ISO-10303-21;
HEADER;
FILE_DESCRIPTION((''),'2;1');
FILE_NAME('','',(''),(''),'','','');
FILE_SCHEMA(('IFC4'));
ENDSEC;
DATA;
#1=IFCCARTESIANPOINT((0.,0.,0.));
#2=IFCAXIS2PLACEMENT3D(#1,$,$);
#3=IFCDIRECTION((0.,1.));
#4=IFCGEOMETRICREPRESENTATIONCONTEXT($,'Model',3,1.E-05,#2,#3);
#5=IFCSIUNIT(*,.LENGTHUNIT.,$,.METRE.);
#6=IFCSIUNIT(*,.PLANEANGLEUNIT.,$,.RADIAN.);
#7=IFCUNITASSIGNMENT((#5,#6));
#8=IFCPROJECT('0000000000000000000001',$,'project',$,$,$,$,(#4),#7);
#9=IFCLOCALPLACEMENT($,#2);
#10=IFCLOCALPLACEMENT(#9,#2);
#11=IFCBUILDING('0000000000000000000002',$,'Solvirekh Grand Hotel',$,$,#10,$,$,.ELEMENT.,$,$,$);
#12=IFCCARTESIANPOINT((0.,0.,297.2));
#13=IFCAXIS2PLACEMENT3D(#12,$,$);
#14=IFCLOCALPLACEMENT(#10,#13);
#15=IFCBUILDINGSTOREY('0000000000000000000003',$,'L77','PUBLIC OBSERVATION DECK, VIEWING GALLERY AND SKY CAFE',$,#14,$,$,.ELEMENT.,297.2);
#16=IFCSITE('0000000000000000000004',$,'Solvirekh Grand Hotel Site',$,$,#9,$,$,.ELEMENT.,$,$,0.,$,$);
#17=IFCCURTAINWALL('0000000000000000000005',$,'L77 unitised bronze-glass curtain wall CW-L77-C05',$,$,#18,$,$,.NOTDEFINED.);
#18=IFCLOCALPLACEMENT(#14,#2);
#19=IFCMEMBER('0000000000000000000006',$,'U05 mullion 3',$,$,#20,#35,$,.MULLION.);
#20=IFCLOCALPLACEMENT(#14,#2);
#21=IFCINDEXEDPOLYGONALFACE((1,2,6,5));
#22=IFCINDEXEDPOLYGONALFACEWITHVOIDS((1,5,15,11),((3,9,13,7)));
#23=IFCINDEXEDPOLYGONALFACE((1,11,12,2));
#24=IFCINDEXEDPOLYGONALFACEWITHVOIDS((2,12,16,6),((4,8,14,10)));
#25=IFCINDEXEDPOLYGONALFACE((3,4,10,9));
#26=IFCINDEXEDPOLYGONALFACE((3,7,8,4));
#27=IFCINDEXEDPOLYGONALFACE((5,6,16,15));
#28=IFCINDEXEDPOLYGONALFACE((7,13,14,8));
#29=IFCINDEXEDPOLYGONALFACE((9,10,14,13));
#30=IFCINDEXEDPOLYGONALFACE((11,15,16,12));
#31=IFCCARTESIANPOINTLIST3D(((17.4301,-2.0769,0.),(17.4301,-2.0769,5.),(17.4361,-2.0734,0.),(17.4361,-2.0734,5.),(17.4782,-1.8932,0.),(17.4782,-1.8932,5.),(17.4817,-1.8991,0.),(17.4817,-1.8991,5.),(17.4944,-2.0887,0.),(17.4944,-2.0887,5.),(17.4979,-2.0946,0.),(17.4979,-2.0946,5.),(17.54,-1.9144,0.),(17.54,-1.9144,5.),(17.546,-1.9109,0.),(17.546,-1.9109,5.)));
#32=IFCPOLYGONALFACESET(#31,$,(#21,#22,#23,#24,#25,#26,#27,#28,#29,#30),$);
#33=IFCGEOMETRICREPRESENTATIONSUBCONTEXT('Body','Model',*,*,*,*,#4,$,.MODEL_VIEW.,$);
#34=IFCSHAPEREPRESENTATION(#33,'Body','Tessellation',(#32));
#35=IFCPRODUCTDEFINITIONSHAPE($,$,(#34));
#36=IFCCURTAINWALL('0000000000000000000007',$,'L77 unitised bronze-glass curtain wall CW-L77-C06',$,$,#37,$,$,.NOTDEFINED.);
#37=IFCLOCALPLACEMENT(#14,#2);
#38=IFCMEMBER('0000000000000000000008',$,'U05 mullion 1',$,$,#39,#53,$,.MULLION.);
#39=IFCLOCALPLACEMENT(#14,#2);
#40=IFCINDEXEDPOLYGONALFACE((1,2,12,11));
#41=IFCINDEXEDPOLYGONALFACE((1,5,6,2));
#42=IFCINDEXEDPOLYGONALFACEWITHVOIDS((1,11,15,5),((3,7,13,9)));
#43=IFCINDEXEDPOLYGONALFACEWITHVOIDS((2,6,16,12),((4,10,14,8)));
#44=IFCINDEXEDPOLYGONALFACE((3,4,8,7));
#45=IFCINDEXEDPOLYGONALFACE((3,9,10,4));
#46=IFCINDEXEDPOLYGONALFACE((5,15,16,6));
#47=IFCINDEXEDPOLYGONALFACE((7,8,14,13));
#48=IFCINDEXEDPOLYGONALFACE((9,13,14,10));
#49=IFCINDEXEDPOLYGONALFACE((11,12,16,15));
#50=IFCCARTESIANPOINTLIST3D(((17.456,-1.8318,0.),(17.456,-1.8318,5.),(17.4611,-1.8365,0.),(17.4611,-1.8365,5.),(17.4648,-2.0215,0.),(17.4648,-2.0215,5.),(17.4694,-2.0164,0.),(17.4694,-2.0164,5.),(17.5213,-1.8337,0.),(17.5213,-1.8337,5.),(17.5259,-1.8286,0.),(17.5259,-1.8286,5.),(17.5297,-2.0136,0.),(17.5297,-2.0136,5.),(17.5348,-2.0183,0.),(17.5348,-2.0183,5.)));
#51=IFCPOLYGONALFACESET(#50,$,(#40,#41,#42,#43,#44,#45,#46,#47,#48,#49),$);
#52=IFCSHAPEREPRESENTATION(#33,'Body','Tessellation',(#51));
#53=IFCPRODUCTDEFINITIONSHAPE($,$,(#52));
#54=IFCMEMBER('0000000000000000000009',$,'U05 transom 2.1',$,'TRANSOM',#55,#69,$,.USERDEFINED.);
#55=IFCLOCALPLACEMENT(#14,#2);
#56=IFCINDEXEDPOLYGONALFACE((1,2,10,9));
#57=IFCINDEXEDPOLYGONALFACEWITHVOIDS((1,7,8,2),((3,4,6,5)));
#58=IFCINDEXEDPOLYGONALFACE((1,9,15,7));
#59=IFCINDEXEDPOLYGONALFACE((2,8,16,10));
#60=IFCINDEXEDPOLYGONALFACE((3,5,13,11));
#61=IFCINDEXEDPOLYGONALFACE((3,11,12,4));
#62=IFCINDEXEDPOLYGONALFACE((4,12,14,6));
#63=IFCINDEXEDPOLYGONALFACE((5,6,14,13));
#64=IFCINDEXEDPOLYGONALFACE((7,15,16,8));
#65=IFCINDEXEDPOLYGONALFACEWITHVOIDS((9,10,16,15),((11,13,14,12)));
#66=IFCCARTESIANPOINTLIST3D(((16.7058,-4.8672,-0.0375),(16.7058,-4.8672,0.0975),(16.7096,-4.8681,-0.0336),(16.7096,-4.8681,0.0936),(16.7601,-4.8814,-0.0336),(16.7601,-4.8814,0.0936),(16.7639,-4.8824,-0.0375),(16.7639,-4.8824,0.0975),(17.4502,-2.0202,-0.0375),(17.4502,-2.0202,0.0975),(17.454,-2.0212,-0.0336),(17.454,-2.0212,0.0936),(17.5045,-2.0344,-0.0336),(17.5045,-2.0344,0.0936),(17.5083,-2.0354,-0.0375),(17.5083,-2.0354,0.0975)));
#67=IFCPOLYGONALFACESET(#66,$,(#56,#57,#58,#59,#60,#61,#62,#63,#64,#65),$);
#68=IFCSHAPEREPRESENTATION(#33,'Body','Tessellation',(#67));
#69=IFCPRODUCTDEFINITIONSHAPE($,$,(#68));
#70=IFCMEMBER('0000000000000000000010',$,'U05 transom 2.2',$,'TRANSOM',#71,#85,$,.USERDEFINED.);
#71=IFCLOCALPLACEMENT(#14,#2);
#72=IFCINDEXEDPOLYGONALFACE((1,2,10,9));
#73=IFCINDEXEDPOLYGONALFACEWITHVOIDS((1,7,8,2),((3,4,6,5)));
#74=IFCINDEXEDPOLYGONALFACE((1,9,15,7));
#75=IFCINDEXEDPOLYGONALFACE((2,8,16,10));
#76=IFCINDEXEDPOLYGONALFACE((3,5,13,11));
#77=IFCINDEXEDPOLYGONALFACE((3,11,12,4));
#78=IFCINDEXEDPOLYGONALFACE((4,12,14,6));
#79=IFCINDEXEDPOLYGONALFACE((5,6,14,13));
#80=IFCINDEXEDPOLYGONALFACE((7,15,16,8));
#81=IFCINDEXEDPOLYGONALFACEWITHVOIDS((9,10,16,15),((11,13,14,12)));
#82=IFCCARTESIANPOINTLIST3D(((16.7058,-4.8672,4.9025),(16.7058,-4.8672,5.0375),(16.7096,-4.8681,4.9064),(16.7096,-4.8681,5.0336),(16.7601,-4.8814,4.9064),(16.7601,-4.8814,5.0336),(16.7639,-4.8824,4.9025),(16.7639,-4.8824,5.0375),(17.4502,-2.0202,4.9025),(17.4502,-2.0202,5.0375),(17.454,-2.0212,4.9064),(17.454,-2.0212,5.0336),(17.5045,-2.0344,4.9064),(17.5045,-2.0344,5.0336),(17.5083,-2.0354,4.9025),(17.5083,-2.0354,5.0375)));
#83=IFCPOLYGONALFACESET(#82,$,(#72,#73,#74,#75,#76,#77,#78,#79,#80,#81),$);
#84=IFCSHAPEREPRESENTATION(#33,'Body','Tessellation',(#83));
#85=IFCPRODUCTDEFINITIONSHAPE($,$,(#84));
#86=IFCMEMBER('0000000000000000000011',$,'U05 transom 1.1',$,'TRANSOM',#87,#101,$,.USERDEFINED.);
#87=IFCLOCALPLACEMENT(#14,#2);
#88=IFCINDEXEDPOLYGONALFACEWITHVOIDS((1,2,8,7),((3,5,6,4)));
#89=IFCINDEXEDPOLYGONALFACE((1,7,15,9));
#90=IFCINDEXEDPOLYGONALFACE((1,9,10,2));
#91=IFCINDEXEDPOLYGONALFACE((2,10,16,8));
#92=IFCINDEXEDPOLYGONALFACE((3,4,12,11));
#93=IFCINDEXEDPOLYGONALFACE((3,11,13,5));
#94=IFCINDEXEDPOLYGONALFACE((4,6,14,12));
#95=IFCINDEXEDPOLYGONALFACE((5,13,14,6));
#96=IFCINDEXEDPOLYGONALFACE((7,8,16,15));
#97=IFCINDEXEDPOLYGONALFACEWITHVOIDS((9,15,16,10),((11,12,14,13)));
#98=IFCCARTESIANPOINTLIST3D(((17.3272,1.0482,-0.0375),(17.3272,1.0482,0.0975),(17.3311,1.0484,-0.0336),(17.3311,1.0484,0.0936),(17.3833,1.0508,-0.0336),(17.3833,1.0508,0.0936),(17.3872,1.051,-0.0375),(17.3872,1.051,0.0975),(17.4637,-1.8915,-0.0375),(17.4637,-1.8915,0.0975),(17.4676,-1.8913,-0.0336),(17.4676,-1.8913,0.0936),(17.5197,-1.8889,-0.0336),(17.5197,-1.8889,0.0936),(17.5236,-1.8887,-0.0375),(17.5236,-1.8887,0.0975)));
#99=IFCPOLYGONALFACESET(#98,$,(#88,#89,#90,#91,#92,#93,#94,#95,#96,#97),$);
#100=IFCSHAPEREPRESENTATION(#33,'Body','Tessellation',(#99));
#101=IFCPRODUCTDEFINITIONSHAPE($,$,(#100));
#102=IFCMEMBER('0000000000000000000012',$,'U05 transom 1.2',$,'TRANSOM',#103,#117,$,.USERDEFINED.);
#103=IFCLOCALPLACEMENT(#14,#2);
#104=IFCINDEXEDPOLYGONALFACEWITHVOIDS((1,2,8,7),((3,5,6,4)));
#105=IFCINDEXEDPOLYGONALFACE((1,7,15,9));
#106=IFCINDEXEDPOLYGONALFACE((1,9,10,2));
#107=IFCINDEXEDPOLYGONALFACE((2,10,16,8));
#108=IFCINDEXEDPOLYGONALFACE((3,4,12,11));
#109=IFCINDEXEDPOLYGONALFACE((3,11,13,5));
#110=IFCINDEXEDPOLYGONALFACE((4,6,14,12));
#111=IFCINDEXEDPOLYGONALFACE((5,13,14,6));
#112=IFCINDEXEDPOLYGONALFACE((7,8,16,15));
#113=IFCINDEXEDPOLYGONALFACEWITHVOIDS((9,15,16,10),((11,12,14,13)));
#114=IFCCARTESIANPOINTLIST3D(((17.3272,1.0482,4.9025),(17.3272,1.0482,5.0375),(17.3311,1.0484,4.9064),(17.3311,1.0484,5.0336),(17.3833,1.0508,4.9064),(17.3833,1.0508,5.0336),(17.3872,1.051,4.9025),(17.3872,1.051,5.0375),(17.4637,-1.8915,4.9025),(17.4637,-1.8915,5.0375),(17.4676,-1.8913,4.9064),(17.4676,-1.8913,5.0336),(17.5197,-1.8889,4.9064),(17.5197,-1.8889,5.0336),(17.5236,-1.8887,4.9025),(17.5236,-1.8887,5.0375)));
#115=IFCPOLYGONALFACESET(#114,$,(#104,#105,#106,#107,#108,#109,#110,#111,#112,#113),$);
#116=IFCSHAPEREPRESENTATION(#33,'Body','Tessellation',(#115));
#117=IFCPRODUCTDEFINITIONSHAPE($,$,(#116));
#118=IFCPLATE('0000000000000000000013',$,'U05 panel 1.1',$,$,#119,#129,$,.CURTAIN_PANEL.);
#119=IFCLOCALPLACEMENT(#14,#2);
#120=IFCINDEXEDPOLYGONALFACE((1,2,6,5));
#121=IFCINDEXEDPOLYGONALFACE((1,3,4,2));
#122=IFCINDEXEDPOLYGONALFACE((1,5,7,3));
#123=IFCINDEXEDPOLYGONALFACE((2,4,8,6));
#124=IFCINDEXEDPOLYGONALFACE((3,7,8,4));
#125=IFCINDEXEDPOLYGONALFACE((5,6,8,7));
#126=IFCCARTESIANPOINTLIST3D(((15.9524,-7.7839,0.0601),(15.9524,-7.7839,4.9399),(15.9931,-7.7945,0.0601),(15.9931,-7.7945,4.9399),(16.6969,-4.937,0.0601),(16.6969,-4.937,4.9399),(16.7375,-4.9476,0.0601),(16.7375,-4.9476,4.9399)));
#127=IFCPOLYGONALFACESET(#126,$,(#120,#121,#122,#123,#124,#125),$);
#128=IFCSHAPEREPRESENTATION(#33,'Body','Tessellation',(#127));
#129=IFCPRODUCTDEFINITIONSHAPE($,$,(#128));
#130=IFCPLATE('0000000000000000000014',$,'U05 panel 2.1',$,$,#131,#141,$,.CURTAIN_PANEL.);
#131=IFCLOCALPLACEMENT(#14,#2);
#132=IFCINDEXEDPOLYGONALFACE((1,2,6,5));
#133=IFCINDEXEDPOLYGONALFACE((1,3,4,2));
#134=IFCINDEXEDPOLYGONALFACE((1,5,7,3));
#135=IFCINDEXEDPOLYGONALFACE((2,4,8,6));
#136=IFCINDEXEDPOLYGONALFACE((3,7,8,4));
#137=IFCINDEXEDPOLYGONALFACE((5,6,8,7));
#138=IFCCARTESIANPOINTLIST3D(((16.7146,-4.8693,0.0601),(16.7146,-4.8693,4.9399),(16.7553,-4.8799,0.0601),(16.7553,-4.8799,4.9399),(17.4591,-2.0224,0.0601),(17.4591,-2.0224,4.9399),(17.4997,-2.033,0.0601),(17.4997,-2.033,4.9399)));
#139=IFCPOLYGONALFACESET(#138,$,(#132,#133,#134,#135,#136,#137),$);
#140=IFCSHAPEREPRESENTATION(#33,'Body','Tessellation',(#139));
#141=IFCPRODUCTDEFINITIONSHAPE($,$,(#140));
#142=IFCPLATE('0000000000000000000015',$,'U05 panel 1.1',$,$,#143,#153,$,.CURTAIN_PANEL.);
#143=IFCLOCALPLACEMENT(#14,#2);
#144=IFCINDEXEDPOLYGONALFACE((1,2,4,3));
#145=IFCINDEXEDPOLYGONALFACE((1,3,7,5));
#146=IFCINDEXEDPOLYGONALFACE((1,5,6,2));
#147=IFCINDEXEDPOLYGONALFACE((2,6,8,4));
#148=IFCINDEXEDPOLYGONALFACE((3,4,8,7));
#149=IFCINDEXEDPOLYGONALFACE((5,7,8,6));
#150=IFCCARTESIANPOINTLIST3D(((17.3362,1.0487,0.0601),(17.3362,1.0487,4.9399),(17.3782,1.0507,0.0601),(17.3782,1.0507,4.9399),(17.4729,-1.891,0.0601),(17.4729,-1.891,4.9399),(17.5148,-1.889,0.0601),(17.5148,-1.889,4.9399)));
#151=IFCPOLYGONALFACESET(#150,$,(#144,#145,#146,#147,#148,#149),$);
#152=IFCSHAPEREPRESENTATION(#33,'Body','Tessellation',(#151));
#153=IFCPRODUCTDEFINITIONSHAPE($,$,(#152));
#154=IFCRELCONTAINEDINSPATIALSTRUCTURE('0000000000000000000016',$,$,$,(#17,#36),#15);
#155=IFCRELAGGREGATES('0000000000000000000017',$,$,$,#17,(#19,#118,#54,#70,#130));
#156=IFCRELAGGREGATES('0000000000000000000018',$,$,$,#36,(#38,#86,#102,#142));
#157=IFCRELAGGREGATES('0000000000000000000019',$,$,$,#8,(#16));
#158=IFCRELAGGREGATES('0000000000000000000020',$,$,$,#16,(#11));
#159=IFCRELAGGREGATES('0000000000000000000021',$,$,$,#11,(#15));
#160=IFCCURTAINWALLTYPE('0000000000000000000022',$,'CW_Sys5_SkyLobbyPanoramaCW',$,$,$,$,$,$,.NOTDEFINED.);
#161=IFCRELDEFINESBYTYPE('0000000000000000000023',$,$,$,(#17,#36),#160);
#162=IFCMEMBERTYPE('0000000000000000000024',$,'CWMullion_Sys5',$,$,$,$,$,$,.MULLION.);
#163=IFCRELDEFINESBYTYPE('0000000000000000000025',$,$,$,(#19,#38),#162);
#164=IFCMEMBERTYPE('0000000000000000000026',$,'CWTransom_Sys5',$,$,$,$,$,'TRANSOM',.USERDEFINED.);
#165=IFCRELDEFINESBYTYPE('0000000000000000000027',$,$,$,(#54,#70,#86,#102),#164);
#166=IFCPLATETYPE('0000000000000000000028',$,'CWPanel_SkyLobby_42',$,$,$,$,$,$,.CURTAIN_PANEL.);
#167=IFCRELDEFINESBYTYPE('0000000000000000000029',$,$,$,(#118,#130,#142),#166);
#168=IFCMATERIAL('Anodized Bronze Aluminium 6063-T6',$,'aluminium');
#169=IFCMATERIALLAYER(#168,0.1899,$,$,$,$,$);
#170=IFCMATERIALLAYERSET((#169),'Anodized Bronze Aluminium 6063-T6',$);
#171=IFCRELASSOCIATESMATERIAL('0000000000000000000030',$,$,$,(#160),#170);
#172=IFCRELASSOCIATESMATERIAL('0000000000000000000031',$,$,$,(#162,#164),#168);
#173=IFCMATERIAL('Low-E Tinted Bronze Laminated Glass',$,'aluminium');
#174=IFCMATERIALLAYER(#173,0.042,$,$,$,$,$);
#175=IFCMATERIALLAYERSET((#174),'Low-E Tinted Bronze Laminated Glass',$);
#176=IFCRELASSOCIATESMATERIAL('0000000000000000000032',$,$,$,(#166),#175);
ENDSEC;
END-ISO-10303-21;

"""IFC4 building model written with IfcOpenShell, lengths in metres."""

from ifc_helpers import new_model, si_unit, direction, frame, origin, origin_2d, place, context, subcontext, project, spatial, rectangle, hollow_rectangle, extrude, source, transform, mapped, material, layer, layer_set, material_profile, profile_set, type_object, element, aggregate, save


model = new_model("IFC4")

# Units and contexts
model_context = context("Model", 3, precision=1e-05, world=origin(), true_north=direction((0.0, 1.0)))
body_context = subcontext(model_context, "Body", "Model", "MODEL_VIEW")
ifc_project = project(units=[si_unit("LENGTHUNIT", "METRE"), si_unit("PLANEANGLEUNIT", "RADIAN")], contexts=[model_context])

# Site, building, storey
site_placement = place(None, origin())
site = spatial("IfcSite", under=ifc_project, at=site_placement, Name="Solvirekh Grand Hotel Site", CompositionType="ELEMENT", RefElevation=0.0)
building_placement = place(site_placement, origin())
building = spatial("IfcBuilding", under=site, at=building_placement, Name="Solvirekh Grand Hotel", CompositionType="ELEMENT")
storey_placement = place(building_placement, frame((0.0, 0.0, 297.2)))
storey = spatial("IfcBuildingStorey", under=building, at=storey_placement, Name="L77", Description="PUBLIC OBSERVATION DECK, VIEWING GALLERY AND SKY CAFE", CompositionType="ELEMENT", Elevation=297.2)

# Curtain wall, member
ifc_material_1 = material(Name="Anodized Bronze Aluminium 6063-T6", Category="aluminium")
ifc_layer_1 = layer(ifc_material_1, 0.1899)
ifc_layer_set_1 = layer_set([ifc_layer_1], Name="Anodized Bronze Aluminium 6063-T6")
curtain_wall_type = type_object("IfcCurtainWallType", Name="CW_Sys5_SkyLobbyPanoramaCW", PredefinedType="NOTDEFINED", material=ifc_layer_set_1)
curtain_wall_1_placement = place(storey_placement, origin())
curtain_wall_1 = element("IfcCurtainWall", 1, at=curtain_wall_1_placement, inside=storey, type_object=curtain_wall_type, Name="L77 unitised bronze-glass curtain wall CW-L77-C05", PredefinedType="NOTDEFINED")
ifc_material_profile_1 = material_profile(ifc_material_1, hollow_rectangle(XDim=0.0701, YDim=0.1899, WallThickness=0.0049, at=origin_2d()), Name="ALU RHS 190X70X5")
ifc_profile_set_1 = profile_set([ifc_material_profile_1], Name="Anodized Bronze Aluminium 6063-T6")
member_type_1 = type_object("IfcMemberType", Name="CWMullion_Sys5", PredefinedType="MULLION", material=ifc_profile_set_1)
shared_shape_1 = source(origin(), body_context, "Body", "SweptSolid", [
    extrude(hollow_rectangle(XDim=0.0701, YDim=0.1899, WallThickness=0.0049, at=origin_2d()), origin(), (0.0, 0.0, 1.0), 5.0),
])
member_1_placement = place(storey_placement, frame((17.488, -1.9939, 0.0), z_axis=(0.0, 0.0, 1.0), x_axis=(-0.967471, 0.252983, 0.0)))
member_1 = element("IfcMember", 2, at=member_1_placement, type_object=member_type_1, Name="U05 mullion 3", PredefinedType="MULLION", context=body_context, shape_type="MappedRepresentation", body=[
    mapped(shared_shape_1, transform((0.0, 0.0, 0.0), x_axis=(1.0, 0.0, 0.0), y_axis=(0.0, 1.0, 0.0), z_axis=(0.0, 0.0, 1.0), scale=1.0)),
])

# Curtain wall, member
curtain_wall_2_placement = place(storey_placement, origin())
curtain_wall_2 = element("IfcCurtainWall", 3, at=curtain_wall_2_placement, inside=storey, type_object=curtain_wall_type, Name="L77 unitised bronze-glass curtain wall CW-L77-C06", PredefinedType="NOTDEFINED")
member_2_placement = place(storey_placement, frame((17.4954, -1.925, 0.0), z_axis=(0.0, 0.0, 1.0), x_axis=(-0.998922, -0.046427, 0.0)))
member_2 = element("IfcMember", 4, at=member_2_placement, type_object=member_type_1, Name="U05 mullion 1", PredefinedType="MULLION", context=body_context, shape_type="MappedRepresentation", body=[
    mapped(shared_shape_1, transform((0.0, 0.0, 0.0), x_axis=(1.0, 0.0, 0.0), y_axis=(0.0, 1.0, 0.0), z_axis=(0.0, 0.0, 1.0), scale=1.0)),
])

# Members
ifc_material_profile_2 = material_profile(ifc_material_1, hollow_rectangle(XDim=0.0601, YDim=0.135, WallThickness=0.0039, at=origin_2d()), Name="ALU RHS 135X60X4")
ifc_profile_set_2 = profile_set([ifc_material_profile_2], Name="Anodized Bronze Aluminium 6063-T6")
member_type_2 = type_object("IfcMemberType", Name="CWTransom_Sys5", ElementType="TRANSOM", PredefinedType="USERDEFINED", material=ifc_profile_set_2)
shared_shape_2 = source(origin(), body_context, "Body", "SweptSolid", [
    extrude(hollow_rectangle(XDim=0.0601, YDim=0.135, WallThickness=0.0039, at=origin_2d()), origin(), (0.0, 0.0, 1.0), 2.9426),
])
member_3_placement = place(storey_placement, frame((16.7349, -4.8748, 0.03), z_axis=(0.252966, 0.967475, 0.0), x_axis=(-0.967475, 0.252966, 0.0)))
member_3 = element("IfcMember", 5, at=member_3_placement, type_object=member_type_2, Name="U05 transom 2.1", ObjectType="TRANSOM", PredefinedType="USERDEFINED", context=body_context, shape_type="MappedRepresentation", body=[
    mapped(shared_shape_2, transform((0.0, 0.0, 0.0), x_axis=(1.0, 0.0, 0.0), y_axis=(0.0, 1.0, 0.0), z_axis=(0.0, 0.0, 1.0), scale=1.0)),
])
member_4_placement = place(storey_placement, frame((16.7349, -4.8748, 4.97), z_axis=(0.252966, 0.967475, 0.0), x_axis=(-0.967475, 0.252966, 0.0)))
member_4 = element("IfcMember", 6, at=member_4_placement, type_object=member_type_2, Name="U05 transom 2.2", ObjectType="TRANSOM", PredefinedType="USERDEFINED", context=body_context, shape_type="MappedRepresentation", body=[
    mapped(shared_shape_2, transform((0.0, 0.0, 0.0), x_axis=(1.0, 0.0, 0.0), y_axis=(0.0, 1.0, 0.0), z_axis=(0.0, 0.0, 1.0), scale=1.0)),
])
shared_shape_3 = source(origin(), body_context, "Body", "SweptSolid", [
    extrude(hollow_rectangle(XDim=0.0601, YDim=0.135, WallThickness=0.0039, at=origin_2d()), origin(), (0.0, 0.0, 1.0), 2.9429),
])
member_5_placement = place(storey_placement, frame((17.4937, -1.8901, 0.03), z_axis=(-0.046375, 0.998924, 0.0), x_axis=(-0.998924, -0.046375, 0.0)))
member_5 = element("IfcMember", 7, at=member_5_placement, type_object=member_type_2, Name="U05 transom 1.1", ObjectType="TRANSOM", PredefinedType="USERDEFINED", context=body_context, shape_type="MappedRepresentation", body=[
    mapped(shared_shape_3, transform((0.0, 0.0, 0.0), x_axis=(1.0, 0.0, 0.0), y_axis=(0.0, 1.0, 0.0), z_axis=(0.0, 0.0, 1.0), scale=1.0)),
])
member_6_placement = place(storey_placement, frame((17.4937, -1.8901, 4.97), z_axis=(-0.046375, 0.998924, 0.0), x_axis=(-0.998924, -0.046375, 0.0)))
member_6 = element("IfcMember", 8, at=member_6_placement, type_object=member_type_2, Name="U05 transom 1.2", ObjectType="TRANSOM", PredefinedType="USERDEFINED", context=body_context, shape_type="MappedRepresentation", body=[
    mapped(shared_shape_3, transform((0.0, 0.0, 0.0), x_axis=(1.0, 0.0, 0.0), y_axis=(0.0, 1.0, 0.0), z_axis=(0.0, 0.0, 1.0), scale=1.0)),
])

# Plates
ifc_material_2 = material(Name="Low-E Tinted Bronze Laminated Glass", Category="aluminium")
ifc_layer_2 = layer(ifc_material_2, 0.042)
ifc_layer_set_2 = layer_set([ifc_layer_2], Name="Low-E Tinted Bronze Laminated Glass")
plate_type = type_object("IfcPlateType", Name="CWPanel_SkyLobby_42", PredefinedType="CURTAIN_PANEL", material=ifc_layer_set_2)
shared_shape_4 = source(origin(), body_context, "Body", "SweptSolid", [
    extrude(rectangle(XDim=2.9426, YDim=0.042, at=origin_2d()), origin(), (0.0, 0.0, 1.0), 4.8799),
])
plate_1_placement = place(storey_placement, frame((16.345, -6.3657, 0.0601), z_axis=(0.0, 0.0, 1.0), x_axis=(0.252983, 0.967471, 0.0)))
plate_1 = element("IfcPlate", 9, at=plate_1_placement, type_object=plate_type, Name="U05 panel 1.1", PredefinedType="CURTAIN_PANEL", context=body_context, shape_type="MappedRepresentation", body=[
    mapped(shared_shape_4, transform((0.0, 0.0, 0.0), x_axis=(1.0, 0.0, 0.0), y_axis=(0.0, 1.0, 0.0), z_axis=(0.0, 0.0, 1.0), scale=1.0)),
])
plate_2_placement = place(storey_placement, frame((17.1072, -3.4512, 0.0601), z_axis=(0.0, 0.0, 1.0), x_axis=(0.252983, 0.967471, 0.0)))
plate_2 = element("IfcPlate", 10, at=plate_2_placement, type_object=plate_type, Name="U05 panel 2.1", PredefinedType="CURTAIN_PANEL", context=body_context, shape_type="MappedRepresentation", body=[
    mapped(shared_shape_4, transform((0.0, 0.0, 0.0), x_axis=(1.0, 0.0, 0.0), y_axis=(0.0, 1.0, 0.0), z_axis=(0.0, 0.0, 1.0), scale=1.0)),
])
aggregate(curtain_wall_1, [member_1, plate_1, member_3, member_4, plate_2])
shared_shape_5 = source(origin(), body_context, "Body", "SweptSolid", [
    extrude(rectangle(XDim=2.9429, YDim=0.042, at=origin_2d()), origin(), (0.0, 0.0, 1.0), 4.8799),
])
plate_3_placement = place(storey_placement, frame((17.4255, -0.4202, 0.0601), z_axis=(0.0, 0.0, 1.0), x_axis=(-0.046427, 0.998922, 0.0)))
plate_3 = element("IfcPlate", 11, at=plate_3_placement, type_object=plate_type, Name="U05 panel 1.1", PredefinedType="CURTAIN_PANEL", context=body_context, shape_type="MappedRepresentation", body=[
    mapped(shared_shape_5, transform((0.0, 0.0, 0.0), x_axis=(1.0, 0.0, 0.0), y_axis=(0.0, 1.0, 0.0), z_axis=(0.0, 0.0, 1.0), scale=1.0)),
])
aggregate(curtain_wall_2, [member_2, member_5, member_6, plate_3])

save(model, "model.ifc")
